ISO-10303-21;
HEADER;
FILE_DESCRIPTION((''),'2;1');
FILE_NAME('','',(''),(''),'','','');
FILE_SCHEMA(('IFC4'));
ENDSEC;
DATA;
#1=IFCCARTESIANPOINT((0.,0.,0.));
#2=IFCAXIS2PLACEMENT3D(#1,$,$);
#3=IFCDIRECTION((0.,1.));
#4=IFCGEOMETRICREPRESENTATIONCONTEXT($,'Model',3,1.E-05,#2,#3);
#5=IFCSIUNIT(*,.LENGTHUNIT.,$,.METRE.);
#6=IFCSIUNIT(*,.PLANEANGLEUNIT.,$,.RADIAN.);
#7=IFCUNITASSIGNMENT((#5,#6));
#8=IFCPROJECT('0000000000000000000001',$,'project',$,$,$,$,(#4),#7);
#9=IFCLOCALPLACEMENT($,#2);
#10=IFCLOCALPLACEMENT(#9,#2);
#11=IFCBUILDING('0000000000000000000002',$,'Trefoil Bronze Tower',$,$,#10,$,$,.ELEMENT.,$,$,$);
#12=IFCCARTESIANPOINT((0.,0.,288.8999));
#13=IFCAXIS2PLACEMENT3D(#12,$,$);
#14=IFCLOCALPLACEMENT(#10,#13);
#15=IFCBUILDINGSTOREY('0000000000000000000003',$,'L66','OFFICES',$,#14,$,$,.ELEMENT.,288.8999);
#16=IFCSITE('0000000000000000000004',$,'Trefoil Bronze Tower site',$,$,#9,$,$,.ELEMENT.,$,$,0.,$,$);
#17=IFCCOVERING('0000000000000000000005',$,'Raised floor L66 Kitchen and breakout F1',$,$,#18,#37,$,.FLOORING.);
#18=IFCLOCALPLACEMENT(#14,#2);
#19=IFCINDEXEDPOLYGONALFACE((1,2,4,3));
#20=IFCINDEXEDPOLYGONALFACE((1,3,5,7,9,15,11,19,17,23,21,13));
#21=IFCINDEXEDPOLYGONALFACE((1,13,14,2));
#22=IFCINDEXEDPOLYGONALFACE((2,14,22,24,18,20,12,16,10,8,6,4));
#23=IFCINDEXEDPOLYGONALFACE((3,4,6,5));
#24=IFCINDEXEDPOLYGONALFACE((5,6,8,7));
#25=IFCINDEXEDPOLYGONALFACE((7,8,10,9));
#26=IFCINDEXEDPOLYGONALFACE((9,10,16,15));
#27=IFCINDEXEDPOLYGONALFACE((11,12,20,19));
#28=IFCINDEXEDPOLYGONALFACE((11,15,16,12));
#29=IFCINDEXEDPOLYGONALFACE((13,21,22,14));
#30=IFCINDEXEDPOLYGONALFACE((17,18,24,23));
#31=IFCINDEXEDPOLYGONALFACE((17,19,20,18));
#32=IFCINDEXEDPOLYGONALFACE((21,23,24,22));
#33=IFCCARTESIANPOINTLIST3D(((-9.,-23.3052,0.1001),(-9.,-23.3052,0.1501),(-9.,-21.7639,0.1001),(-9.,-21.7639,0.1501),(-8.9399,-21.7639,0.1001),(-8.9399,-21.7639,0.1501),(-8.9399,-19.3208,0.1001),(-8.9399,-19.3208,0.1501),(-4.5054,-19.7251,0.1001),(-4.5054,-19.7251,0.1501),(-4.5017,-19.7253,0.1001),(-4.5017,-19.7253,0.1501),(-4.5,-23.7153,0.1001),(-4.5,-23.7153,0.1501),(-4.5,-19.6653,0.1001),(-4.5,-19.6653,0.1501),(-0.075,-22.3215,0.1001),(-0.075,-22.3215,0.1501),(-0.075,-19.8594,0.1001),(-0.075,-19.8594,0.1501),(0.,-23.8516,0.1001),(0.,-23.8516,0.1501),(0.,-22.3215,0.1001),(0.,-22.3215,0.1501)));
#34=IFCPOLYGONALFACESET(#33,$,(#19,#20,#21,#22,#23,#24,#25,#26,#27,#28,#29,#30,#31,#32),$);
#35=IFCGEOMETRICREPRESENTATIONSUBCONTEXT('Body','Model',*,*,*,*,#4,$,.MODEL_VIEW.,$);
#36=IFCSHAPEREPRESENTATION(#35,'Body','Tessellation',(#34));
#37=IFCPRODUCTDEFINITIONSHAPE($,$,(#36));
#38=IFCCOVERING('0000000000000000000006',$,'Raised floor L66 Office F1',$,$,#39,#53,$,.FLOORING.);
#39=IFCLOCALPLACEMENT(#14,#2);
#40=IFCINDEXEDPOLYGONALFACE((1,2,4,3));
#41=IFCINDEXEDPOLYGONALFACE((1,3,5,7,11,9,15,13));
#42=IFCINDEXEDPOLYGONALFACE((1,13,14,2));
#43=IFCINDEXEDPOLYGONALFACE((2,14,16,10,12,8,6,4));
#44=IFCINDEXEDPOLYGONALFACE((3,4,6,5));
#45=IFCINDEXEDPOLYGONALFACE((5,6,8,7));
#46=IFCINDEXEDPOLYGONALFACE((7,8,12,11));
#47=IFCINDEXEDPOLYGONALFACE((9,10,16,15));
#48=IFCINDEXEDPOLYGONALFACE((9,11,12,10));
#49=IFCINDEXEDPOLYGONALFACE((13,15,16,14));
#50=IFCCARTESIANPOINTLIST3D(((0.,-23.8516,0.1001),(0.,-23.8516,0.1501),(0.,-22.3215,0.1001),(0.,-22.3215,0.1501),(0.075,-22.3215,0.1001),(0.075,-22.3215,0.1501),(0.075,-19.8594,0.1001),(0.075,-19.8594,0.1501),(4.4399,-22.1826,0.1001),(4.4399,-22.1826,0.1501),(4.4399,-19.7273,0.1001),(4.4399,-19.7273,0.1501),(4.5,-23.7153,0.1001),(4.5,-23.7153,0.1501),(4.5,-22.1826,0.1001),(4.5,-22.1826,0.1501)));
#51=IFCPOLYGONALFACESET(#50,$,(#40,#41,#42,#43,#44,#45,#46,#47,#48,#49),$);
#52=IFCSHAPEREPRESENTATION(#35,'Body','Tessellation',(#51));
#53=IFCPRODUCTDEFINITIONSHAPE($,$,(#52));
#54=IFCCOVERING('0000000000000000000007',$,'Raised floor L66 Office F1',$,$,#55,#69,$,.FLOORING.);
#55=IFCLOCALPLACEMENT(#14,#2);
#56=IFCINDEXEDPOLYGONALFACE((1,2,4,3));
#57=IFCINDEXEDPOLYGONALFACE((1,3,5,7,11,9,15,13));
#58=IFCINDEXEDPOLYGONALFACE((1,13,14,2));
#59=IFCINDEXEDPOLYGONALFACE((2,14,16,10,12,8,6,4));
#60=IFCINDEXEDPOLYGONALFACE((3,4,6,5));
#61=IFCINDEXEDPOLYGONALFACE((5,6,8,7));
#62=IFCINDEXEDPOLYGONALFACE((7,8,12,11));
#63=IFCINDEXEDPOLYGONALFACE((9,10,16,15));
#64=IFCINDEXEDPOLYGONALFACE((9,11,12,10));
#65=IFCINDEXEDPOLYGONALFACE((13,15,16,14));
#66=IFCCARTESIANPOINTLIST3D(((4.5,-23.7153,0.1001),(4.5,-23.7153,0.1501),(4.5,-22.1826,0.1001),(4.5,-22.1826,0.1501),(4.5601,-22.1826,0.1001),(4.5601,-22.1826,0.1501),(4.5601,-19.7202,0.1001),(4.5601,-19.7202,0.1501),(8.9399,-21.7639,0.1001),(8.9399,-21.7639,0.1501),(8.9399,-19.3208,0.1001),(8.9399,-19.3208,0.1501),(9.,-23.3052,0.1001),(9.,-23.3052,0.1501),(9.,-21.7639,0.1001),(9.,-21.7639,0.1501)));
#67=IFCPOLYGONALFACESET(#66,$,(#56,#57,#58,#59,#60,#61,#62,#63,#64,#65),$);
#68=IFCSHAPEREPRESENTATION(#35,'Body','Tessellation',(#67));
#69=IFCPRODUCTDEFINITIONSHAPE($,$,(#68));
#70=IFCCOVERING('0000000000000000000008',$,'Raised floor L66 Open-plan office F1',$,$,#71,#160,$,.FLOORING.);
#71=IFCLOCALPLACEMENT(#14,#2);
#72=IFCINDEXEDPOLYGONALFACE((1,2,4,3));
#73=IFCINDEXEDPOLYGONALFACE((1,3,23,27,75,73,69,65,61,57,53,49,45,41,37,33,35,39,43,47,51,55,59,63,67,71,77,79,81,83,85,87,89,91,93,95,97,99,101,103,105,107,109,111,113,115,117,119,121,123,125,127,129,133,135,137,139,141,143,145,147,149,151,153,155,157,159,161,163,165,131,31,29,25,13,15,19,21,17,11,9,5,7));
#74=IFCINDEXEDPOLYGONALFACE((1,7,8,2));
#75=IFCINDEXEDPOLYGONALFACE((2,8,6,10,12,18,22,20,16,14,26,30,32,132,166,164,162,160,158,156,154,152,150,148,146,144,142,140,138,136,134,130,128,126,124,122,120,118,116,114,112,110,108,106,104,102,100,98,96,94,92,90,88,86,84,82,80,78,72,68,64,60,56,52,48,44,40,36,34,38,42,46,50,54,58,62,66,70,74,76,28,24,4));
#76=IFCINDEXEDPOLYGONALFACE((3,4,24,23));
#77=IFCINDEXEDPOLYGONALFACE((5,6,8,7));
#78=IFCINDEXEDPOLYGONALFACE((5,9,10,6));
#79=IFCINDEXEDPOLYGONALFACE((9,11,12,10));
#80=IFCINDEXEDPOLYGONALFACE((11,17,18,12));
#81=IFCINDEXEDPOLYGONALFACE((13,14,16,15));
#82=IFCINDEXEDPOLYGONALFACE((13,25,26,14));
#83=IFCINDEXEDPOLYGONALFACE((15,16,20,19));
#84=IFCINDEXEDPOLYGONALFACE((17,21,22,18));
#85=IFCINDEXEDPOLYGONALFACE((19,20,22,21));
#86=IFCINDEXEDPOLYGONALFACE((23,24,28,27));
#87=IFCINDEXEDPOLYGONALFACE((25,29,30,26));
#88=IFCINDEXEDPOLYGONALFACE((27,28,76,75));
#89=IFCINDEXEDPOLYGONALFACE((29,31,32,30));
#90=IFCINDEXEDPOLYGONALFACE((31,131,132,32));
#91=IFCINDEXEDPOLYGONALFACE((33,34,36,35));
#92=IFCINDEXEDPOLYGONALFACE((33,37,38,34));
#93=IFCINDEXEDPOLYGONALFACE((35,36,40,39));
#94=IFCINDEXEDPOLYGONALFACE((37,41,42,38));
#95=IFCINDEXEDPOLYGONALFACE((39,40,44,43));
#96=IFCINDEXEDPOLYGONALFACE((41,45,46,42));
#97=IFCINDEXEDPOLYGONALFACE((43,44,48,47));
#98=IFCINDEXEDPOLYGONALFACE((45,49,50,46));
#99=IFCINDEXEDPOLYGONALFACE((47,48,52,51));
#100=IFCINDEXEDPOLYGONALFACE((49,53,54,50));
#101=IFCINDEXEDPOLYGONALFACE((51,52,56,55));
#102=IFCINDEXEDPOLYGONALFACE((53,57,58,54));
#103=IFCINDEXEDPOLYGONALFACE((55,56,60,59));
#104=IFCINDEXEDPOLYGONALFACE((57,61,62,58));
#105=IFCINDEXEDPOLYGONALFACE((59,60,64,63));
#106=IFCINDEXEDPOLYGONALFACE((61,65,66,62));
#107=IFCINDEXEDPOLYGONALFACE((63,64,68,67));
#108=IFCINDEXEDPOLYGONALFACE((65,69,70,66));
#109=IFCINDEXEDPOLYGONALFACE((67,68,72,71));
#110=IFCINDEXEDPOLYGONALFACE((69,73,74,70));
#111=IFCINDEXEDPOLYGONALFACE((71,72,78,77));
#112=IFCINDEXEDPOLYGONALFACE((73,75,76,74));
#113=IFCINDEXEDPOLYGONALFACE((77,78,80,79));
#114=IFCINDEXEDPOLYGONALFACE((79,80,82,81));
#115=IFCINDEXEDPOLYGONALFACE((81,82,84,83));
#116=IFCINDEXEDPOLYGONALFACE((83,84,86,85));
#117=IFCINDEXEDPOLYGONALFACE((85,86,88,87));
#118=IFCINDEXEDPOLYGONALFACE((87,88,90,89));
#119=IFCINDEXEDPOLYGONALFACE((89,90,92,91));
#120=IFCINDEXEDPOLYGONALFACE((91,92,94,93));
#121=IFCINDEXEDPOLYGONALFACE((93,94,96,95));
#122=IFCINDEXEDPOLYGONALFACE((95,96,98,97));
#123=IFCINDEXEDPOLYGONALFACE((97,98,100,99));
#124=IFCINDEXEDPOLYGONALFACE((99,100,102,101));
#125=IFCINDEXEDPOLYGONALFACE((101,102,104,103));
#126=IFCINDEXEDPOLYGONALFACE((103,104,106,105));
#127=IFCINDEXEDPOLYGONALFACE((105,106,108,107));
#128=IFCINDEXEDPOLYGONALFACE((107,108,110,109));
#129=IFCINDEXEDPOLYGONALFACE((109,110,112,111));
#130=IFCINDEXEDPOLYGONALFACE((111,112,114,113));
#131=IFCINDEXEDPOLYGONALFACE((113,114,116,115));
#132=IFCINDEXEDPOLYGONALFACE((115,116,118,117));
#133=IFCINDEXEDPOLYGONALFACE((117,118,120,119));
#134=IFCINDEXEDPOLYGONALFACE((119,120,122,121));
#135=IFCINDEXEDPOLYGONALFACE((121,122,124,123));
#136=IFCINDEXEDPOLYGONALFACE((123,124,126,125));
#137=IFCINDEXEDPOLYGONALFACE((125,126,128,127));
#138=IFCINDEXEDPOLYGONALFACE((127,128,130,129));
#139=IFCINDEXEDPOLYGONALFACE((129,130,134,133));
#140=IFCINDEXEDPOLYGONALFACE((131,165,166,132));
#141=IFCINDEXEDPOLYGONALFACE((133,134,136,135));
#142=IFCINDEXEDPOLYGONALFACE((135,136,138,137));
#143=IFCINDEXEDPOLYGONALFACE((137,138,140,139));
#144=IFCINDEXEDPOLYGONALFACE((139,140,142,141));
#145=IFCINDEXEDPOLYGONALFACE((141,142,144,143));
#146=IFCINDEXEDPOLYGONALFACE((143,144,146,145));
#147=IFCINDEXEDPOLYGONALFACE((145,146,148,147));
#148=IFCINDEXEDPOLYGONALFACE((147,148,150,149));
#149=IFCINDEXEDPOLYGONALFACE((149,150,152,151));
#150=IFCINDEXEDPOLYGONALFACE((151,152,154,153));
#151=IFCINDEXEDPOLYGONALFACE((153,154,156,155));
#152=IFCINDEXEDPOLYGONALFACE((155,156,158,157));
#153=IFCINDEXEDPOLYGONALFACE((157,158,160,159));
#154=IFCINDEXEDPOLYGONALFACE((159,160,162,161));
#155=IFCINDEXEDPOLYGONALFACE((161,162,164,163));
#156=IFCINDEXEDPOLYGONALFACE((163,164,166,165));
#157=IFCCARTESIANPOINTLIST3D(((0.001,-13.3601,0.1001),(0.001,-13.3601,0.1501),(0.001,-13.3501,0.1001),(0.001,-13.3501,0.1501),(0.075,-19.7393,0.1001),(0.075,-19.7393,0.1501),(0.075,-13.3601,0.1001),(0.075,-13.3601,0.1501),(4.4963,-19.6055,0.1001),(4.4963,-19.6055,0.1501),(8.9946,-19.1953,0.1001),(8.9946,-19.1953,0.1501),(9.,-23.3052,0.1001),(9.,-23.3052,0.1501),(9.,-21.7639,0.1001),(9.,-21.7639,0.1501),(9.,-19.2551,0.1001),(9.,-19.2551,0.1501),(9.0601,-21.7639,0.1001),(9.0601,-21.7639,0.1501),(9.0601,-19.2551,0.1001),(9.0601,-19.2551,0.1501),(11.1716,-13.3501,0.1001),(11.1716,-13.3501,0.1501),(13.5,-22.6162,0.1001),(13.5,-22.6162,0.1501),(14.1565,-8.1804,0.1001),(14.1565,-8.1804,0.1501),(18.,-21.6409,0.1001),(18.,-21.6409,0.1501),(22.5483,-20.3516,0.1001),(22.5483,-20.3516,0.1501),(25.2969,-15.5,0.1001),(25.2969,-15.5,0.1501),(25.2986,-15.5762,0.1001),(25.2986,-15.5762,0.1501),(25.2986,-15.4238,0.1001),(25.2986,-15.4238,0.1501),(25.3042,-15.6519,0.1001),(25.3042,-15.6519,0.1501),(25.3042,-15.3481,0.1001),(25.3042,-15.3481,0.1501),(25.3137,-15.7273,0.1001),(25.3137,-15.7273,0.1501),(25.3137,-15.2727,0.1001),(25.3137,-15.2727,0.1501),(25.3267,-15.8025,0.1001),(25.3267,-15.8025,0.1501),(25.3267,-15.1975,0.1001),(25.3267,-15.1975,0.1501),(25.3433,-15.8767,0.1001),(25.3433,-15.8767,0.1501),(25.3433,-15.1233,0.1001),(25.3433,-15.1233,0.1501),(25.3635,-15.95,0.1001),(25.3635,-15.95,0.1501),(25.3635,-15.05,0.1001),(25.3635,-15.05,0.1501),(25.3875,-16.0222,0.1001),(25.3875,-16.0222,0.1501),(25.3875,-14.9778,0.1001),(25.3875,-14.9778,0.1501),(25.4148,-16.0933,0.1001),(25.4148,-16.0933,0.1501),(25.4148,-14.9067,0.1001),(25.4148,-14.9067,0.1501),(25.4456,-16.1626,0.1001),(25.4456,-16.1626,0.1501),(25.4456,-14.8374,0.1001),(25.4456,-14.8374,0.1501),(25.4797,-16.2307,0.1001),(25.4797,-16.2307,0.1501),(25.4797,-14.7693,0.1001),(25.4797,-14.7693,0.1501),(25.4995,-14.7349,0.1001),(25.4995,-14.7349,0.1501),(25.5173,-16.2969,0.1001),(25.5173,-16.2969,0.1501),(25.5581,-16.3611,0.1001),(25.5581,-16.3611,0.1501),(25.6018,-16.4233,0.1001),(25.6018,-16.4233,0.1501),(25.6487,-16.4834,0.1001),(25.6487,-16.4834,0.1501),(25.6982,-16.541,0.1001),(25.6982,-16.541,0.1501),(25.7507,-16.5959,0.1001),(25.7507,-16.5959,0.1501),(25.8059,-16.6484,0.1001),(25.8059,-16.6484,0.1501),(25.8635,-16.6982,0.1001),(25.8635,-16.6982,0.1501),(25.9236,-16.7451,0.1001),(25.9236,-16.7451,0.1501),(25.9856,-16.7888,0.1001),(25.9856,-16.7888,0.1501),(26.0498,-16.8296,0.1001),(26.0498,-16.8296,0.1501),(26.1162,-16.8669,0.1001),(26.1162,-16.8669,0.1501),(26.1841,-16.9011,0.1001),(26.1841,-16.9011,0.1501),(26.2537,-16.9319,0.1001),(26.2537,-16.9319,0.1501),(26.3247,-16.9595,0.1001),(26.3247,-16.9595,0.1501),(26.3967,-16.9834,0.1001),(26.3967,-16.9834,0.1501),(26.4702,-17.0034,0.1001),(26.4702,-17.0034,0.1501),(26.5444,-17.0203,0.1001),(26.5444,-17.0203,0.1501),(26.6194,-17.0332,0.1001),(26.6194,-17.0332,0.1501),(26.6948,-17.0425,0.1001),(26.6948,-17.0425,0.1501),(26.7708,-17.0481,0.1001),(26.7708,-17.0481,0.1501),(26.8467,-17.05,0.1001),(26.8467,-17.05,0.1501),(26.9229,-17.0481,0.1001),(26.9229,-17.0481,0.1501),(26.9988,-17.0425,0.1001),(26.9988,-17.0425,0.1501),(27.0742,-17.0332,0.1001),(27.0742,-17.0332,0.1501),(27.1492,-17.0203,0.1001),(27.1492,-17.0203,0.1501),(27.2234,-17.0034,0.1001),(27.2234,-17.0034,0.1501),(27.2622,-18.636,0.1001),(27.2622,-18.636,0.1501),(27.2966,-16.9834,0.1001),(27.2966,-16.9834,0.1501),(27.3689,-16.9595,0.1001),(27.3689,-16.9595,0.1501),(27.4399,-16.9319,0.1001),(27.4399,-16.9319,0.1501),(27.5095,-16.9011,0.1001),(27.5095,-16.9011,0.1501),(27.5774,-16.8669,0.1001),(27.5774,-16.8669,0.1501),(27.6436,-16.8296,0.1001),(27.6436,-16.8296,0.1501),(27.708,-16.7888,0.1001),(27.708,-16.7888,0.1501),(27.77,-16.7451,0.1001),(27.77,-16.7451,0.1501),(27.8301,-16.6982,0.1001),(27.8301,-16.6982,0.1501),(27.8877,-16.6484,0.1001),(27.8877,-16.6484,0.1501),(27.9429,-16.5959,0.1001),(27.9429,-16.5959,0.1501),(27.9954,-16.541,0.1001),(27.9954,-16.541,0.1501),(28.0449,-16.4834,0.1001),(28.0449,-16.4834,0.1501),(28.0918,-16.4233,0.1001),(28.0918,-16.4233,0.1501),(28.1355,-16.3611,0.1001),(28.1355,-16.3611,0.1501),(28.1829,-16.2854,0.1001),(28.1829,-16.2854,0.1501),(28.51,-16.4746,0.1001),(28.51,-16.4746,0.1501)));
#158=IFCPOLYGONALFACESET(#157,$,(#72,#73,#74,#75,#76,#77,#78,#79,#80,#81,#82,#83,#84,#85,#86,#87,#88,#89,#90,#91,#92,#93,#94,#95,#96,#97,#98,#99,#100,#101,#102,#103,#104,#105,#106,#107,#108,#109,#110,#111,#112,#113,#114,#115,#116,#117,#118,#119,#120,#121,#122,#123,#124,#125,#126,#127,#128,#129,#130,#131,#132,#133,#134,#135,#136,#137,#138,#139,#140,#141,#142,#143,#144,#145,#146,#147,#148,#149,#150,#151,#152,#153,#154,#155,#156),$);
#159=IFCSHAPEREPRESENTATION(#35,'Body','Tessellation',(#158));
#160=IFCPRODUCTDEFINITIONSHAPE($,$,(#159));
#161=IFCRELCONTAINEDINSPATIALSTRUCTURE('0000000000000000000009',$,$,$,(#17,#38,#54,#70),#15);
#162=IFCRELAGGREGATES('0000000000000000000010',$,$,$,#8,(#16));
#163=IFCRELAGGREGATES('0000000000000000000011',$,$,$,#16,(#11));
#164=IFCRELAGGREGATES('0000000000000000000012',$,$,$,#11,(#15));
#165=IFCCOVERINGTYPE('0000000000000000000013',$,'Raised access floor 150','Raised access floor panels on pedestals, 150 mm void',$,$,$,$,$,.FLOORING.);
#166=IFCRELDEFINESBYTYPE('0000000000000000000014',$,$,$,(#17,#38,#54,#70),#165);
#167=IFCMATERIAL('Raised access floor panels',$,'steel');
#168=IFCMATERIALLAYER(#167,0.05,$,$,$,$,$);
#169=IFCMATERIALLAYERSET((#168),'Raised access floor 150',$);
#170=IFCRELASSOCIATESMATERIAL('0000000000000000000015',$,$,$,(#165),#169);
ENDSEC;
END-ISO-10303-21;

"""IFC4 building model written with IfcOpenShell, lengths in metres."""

from ifc_helpers import new_model, si_unit, direction, frame, origin, place, context, subcontext, project, spatial, polyline, outline, extrude, material, layer, layer_set, type_object, element, save


model = new_model("IFC4")

# Units and contexts
model_context = context("Model", 3, precision=1e-05, world=origin(), true_north=direction((0.0, 1.0)))
body_context = subcontext(model_context, "Body", "Model", "MODEL_VIEW")
ifc_project = project(units=[si_unit("LENGTHUNIT", "METRE"), si_unit("PLANEANGLEUNIT", "RADIAN")], contexts=[model_context])

# Site, building, storey
site_placement = place(None, origin())
site = spatial("IfcSite", under=ifc_project, at=site_placement, Name="Trefoil Bronze Tower site", CompositionType="ELEMENT", RefElevation=0.0)
building_placement = place(site_placement, origin())
building = spatial("IfcBuilding", under=site, at=building_placement, Name="Trefoil Bronze Tower", CompositionType="ELEMENT")
storey_placement = place(building_placement, frame((0.0, 0.0, 288.8999)))
storey = spatial("IfcBuildingStorey", under=building, at=storey_placement, Name="L66", Description="OFFICES", CompositionType="ELEMENT", Elevation=288.8999)

# Coverings
ifc_material_1 = material(Name="Raised access floor panels", Category="steel")
ifc_layer_1 = layer(ifc_material_1, 0.05)
ifc_layer_set_1 = layer_set([ifc_layer_1], Name="Raised access floor 150")
covering_type_1 = type_object("IfcCoveringType", Name="Raised access floor 150", Description="Raised access floor panels on pedestals, 150 mm void", PredefinedType="FLOORING", material=ifc_layer_set_1)
covering_1_placement = place(storey_placement, frame((0.0, 0.0, 0.1001)))
element("IfcCovering", 1, at=covering_1_placement, inside=storey, type_object=covering_type_1, Name="Raised floor L66 Kitchen and breakout F1", PredefinedType="FLOORING", context=body_context, shape_type="SweptSolid", body=[
    extrude(outline(polyline([(-4.5, -23.7153), (-9.0, -23.3052), (-9.0, -21.7639), (-8.9399, -21.7639), (-8.9399, -19.3208), (-4.5054, -19.7251), (-4.5, -19.6653), (-4.5017, -19.7253), (-0.075, -19.8594), (-0.075, -22.3215), (0.0, -22.3215), (0.0, -23.8516), (-4.5, -23.7153)])), origin(), (0.0, 0.0, 1.0), 0.05),
])
covering_2_placement = place(storey_placement, frame((0.0, 0.0, 0.1001)))
element("IfcCovering", 2, at=covering_2_placement, inside=storey, type_object=covering_type_1, Name="Raised floor L66 Office F1", PredefinedType="FLOORING", context=body_context, shape_type="SweptSolid", body=[
    extrude(outline(polyline([(4.5, -23.7153), (0.0, -23.8516), (0.0, -22.3215), (0.075, -22.3215), (0.075, -19.8594), (4.4399, -19.7273), (4.4399, -22.1826), (4.5, -22.1826), (4.5, -23.7153)])), origin(), (0.0, 0.0, 1.0), 0.05),
])
covering_3_placement = place(storey_placement, frame((0.0, 0.0, 0.1001)))
element("IfcCovering", 3, at=covering_3_placement, inside=storey, type_object=covering_type_1, Name="Raised floor L66 Office F1", PredefinedType="FLOORING", context=body_context, shape_type="SweptSolid", body=[
    extrude(outline(polyline([(9.0, -23.3052), (4.5, -23.7153), (4.5, -22.1826), (4.5601, -22.1826), (4.5601, -19.7202), (8.9399, -19.3208), (8.9399, -21.7639), (9.0, -21.7639), (9.0, -23.3052)])), origin(), (0.0, 0.0, 1.0), 0.05),
])
covering_4_placement = place(storey_placement, frame((0.0, 0.0, 0.1001)))
element("IfcCovering", 4, at=covering_4_placement, inside=storey, type_object=covering_type_1, Name="Raised floor L66 Open-plan office F1", PredefinedType="FLOORING", context=body_context, shape_type="SweptSolid", body=[
    extrude(outline(polyline([(9.0, -21.7639), (9.0601, -21.7639), (9.0601, -19.2551), (9.0, -19.2551), (8.9946, -19.1953), (4.4963, -19.6055), (0.075, -19.7393), (0.075, -13.3601), (0.001, -13.3601), (0.001, -13.3501), (11.1716, -13.3501), (14.1565, -8.1804), (25.4995, -14.7349), (25.4797, -14.7693), (25.4456, -14.8374), (25.4148, -14.9067), (25.3875, -14.9778), (25.3635, -15.05), (25.3433, -15.1233), (25.3267, -15.1975), (25.3137, -15.2727), (25.3042, -15.3481), (25.2986, -15.4238), (25.2969, -15.5), (25.2986, -15.5762), (25.3042, -15.6519), (25.3137, -15.7273), (25.3267, -15.8025), (25.3433, -15.8767), (25.3635, -15.95), (25.3875, -16.0222), (25.4148, -16.0933), (25.4456, -16.1626), (25.4797, -16.2307), (25.5173, -16.2969), (25.5581, -16.3611), (25.6018, -16.4233), (25.6487, -16.4834), (25.6982, -16.541), (25.7507, -16.5959), (25.8059, -16.6484), (25.8635, -16.6982), (25.9236, -16.7451), (25.9856, -16.7888), (26.0498, -16.8296), (26.1162, -16.8669), (26.1841, -16.9011), (26.2537, -16.9319), (26.3247, -16.9595), (26.3967, -16.9834), (26.4702, -17.0034), (26.5444, -17.0203), (26.6194, -17.0332), (26.6948, -17.0425), (26.7708, -17.0481), (26.8467, -17.05), (26.9229, -17.0481), (26.9988, -17.0425), (27.0742, -17.0332), (27.1492, -17.0203), (27.2234, -17.0034), (27.2966, -16.9834), (27.3689, -16.9595), (27.4399, -16.9319), (27.5095, -16.9011), (27.5774, -16.8669), (27.6436, -16.8296), (27.708, -16.7888), (27.77, -16.7451), (27.8301, -16.6982), (27.8877, -16.6484), (27.9429, -16.5959), (27.9954, -16.541), (28.0449, -16.4834), (28.0918, -16.4233), (28.1355, -16.3611), (28.1829, -16.2854), (28.51, -16.4746), (27.2622, -18.636), (22.5483, -20.3516), (18.0, -21.6409), (13.5, -22.6162), (9.0, -23.3052), (9.0, -21.7639)])), origin(), (0.0, 0.0, 1.0), 0.05),
])

save(model, "model.ifc")
